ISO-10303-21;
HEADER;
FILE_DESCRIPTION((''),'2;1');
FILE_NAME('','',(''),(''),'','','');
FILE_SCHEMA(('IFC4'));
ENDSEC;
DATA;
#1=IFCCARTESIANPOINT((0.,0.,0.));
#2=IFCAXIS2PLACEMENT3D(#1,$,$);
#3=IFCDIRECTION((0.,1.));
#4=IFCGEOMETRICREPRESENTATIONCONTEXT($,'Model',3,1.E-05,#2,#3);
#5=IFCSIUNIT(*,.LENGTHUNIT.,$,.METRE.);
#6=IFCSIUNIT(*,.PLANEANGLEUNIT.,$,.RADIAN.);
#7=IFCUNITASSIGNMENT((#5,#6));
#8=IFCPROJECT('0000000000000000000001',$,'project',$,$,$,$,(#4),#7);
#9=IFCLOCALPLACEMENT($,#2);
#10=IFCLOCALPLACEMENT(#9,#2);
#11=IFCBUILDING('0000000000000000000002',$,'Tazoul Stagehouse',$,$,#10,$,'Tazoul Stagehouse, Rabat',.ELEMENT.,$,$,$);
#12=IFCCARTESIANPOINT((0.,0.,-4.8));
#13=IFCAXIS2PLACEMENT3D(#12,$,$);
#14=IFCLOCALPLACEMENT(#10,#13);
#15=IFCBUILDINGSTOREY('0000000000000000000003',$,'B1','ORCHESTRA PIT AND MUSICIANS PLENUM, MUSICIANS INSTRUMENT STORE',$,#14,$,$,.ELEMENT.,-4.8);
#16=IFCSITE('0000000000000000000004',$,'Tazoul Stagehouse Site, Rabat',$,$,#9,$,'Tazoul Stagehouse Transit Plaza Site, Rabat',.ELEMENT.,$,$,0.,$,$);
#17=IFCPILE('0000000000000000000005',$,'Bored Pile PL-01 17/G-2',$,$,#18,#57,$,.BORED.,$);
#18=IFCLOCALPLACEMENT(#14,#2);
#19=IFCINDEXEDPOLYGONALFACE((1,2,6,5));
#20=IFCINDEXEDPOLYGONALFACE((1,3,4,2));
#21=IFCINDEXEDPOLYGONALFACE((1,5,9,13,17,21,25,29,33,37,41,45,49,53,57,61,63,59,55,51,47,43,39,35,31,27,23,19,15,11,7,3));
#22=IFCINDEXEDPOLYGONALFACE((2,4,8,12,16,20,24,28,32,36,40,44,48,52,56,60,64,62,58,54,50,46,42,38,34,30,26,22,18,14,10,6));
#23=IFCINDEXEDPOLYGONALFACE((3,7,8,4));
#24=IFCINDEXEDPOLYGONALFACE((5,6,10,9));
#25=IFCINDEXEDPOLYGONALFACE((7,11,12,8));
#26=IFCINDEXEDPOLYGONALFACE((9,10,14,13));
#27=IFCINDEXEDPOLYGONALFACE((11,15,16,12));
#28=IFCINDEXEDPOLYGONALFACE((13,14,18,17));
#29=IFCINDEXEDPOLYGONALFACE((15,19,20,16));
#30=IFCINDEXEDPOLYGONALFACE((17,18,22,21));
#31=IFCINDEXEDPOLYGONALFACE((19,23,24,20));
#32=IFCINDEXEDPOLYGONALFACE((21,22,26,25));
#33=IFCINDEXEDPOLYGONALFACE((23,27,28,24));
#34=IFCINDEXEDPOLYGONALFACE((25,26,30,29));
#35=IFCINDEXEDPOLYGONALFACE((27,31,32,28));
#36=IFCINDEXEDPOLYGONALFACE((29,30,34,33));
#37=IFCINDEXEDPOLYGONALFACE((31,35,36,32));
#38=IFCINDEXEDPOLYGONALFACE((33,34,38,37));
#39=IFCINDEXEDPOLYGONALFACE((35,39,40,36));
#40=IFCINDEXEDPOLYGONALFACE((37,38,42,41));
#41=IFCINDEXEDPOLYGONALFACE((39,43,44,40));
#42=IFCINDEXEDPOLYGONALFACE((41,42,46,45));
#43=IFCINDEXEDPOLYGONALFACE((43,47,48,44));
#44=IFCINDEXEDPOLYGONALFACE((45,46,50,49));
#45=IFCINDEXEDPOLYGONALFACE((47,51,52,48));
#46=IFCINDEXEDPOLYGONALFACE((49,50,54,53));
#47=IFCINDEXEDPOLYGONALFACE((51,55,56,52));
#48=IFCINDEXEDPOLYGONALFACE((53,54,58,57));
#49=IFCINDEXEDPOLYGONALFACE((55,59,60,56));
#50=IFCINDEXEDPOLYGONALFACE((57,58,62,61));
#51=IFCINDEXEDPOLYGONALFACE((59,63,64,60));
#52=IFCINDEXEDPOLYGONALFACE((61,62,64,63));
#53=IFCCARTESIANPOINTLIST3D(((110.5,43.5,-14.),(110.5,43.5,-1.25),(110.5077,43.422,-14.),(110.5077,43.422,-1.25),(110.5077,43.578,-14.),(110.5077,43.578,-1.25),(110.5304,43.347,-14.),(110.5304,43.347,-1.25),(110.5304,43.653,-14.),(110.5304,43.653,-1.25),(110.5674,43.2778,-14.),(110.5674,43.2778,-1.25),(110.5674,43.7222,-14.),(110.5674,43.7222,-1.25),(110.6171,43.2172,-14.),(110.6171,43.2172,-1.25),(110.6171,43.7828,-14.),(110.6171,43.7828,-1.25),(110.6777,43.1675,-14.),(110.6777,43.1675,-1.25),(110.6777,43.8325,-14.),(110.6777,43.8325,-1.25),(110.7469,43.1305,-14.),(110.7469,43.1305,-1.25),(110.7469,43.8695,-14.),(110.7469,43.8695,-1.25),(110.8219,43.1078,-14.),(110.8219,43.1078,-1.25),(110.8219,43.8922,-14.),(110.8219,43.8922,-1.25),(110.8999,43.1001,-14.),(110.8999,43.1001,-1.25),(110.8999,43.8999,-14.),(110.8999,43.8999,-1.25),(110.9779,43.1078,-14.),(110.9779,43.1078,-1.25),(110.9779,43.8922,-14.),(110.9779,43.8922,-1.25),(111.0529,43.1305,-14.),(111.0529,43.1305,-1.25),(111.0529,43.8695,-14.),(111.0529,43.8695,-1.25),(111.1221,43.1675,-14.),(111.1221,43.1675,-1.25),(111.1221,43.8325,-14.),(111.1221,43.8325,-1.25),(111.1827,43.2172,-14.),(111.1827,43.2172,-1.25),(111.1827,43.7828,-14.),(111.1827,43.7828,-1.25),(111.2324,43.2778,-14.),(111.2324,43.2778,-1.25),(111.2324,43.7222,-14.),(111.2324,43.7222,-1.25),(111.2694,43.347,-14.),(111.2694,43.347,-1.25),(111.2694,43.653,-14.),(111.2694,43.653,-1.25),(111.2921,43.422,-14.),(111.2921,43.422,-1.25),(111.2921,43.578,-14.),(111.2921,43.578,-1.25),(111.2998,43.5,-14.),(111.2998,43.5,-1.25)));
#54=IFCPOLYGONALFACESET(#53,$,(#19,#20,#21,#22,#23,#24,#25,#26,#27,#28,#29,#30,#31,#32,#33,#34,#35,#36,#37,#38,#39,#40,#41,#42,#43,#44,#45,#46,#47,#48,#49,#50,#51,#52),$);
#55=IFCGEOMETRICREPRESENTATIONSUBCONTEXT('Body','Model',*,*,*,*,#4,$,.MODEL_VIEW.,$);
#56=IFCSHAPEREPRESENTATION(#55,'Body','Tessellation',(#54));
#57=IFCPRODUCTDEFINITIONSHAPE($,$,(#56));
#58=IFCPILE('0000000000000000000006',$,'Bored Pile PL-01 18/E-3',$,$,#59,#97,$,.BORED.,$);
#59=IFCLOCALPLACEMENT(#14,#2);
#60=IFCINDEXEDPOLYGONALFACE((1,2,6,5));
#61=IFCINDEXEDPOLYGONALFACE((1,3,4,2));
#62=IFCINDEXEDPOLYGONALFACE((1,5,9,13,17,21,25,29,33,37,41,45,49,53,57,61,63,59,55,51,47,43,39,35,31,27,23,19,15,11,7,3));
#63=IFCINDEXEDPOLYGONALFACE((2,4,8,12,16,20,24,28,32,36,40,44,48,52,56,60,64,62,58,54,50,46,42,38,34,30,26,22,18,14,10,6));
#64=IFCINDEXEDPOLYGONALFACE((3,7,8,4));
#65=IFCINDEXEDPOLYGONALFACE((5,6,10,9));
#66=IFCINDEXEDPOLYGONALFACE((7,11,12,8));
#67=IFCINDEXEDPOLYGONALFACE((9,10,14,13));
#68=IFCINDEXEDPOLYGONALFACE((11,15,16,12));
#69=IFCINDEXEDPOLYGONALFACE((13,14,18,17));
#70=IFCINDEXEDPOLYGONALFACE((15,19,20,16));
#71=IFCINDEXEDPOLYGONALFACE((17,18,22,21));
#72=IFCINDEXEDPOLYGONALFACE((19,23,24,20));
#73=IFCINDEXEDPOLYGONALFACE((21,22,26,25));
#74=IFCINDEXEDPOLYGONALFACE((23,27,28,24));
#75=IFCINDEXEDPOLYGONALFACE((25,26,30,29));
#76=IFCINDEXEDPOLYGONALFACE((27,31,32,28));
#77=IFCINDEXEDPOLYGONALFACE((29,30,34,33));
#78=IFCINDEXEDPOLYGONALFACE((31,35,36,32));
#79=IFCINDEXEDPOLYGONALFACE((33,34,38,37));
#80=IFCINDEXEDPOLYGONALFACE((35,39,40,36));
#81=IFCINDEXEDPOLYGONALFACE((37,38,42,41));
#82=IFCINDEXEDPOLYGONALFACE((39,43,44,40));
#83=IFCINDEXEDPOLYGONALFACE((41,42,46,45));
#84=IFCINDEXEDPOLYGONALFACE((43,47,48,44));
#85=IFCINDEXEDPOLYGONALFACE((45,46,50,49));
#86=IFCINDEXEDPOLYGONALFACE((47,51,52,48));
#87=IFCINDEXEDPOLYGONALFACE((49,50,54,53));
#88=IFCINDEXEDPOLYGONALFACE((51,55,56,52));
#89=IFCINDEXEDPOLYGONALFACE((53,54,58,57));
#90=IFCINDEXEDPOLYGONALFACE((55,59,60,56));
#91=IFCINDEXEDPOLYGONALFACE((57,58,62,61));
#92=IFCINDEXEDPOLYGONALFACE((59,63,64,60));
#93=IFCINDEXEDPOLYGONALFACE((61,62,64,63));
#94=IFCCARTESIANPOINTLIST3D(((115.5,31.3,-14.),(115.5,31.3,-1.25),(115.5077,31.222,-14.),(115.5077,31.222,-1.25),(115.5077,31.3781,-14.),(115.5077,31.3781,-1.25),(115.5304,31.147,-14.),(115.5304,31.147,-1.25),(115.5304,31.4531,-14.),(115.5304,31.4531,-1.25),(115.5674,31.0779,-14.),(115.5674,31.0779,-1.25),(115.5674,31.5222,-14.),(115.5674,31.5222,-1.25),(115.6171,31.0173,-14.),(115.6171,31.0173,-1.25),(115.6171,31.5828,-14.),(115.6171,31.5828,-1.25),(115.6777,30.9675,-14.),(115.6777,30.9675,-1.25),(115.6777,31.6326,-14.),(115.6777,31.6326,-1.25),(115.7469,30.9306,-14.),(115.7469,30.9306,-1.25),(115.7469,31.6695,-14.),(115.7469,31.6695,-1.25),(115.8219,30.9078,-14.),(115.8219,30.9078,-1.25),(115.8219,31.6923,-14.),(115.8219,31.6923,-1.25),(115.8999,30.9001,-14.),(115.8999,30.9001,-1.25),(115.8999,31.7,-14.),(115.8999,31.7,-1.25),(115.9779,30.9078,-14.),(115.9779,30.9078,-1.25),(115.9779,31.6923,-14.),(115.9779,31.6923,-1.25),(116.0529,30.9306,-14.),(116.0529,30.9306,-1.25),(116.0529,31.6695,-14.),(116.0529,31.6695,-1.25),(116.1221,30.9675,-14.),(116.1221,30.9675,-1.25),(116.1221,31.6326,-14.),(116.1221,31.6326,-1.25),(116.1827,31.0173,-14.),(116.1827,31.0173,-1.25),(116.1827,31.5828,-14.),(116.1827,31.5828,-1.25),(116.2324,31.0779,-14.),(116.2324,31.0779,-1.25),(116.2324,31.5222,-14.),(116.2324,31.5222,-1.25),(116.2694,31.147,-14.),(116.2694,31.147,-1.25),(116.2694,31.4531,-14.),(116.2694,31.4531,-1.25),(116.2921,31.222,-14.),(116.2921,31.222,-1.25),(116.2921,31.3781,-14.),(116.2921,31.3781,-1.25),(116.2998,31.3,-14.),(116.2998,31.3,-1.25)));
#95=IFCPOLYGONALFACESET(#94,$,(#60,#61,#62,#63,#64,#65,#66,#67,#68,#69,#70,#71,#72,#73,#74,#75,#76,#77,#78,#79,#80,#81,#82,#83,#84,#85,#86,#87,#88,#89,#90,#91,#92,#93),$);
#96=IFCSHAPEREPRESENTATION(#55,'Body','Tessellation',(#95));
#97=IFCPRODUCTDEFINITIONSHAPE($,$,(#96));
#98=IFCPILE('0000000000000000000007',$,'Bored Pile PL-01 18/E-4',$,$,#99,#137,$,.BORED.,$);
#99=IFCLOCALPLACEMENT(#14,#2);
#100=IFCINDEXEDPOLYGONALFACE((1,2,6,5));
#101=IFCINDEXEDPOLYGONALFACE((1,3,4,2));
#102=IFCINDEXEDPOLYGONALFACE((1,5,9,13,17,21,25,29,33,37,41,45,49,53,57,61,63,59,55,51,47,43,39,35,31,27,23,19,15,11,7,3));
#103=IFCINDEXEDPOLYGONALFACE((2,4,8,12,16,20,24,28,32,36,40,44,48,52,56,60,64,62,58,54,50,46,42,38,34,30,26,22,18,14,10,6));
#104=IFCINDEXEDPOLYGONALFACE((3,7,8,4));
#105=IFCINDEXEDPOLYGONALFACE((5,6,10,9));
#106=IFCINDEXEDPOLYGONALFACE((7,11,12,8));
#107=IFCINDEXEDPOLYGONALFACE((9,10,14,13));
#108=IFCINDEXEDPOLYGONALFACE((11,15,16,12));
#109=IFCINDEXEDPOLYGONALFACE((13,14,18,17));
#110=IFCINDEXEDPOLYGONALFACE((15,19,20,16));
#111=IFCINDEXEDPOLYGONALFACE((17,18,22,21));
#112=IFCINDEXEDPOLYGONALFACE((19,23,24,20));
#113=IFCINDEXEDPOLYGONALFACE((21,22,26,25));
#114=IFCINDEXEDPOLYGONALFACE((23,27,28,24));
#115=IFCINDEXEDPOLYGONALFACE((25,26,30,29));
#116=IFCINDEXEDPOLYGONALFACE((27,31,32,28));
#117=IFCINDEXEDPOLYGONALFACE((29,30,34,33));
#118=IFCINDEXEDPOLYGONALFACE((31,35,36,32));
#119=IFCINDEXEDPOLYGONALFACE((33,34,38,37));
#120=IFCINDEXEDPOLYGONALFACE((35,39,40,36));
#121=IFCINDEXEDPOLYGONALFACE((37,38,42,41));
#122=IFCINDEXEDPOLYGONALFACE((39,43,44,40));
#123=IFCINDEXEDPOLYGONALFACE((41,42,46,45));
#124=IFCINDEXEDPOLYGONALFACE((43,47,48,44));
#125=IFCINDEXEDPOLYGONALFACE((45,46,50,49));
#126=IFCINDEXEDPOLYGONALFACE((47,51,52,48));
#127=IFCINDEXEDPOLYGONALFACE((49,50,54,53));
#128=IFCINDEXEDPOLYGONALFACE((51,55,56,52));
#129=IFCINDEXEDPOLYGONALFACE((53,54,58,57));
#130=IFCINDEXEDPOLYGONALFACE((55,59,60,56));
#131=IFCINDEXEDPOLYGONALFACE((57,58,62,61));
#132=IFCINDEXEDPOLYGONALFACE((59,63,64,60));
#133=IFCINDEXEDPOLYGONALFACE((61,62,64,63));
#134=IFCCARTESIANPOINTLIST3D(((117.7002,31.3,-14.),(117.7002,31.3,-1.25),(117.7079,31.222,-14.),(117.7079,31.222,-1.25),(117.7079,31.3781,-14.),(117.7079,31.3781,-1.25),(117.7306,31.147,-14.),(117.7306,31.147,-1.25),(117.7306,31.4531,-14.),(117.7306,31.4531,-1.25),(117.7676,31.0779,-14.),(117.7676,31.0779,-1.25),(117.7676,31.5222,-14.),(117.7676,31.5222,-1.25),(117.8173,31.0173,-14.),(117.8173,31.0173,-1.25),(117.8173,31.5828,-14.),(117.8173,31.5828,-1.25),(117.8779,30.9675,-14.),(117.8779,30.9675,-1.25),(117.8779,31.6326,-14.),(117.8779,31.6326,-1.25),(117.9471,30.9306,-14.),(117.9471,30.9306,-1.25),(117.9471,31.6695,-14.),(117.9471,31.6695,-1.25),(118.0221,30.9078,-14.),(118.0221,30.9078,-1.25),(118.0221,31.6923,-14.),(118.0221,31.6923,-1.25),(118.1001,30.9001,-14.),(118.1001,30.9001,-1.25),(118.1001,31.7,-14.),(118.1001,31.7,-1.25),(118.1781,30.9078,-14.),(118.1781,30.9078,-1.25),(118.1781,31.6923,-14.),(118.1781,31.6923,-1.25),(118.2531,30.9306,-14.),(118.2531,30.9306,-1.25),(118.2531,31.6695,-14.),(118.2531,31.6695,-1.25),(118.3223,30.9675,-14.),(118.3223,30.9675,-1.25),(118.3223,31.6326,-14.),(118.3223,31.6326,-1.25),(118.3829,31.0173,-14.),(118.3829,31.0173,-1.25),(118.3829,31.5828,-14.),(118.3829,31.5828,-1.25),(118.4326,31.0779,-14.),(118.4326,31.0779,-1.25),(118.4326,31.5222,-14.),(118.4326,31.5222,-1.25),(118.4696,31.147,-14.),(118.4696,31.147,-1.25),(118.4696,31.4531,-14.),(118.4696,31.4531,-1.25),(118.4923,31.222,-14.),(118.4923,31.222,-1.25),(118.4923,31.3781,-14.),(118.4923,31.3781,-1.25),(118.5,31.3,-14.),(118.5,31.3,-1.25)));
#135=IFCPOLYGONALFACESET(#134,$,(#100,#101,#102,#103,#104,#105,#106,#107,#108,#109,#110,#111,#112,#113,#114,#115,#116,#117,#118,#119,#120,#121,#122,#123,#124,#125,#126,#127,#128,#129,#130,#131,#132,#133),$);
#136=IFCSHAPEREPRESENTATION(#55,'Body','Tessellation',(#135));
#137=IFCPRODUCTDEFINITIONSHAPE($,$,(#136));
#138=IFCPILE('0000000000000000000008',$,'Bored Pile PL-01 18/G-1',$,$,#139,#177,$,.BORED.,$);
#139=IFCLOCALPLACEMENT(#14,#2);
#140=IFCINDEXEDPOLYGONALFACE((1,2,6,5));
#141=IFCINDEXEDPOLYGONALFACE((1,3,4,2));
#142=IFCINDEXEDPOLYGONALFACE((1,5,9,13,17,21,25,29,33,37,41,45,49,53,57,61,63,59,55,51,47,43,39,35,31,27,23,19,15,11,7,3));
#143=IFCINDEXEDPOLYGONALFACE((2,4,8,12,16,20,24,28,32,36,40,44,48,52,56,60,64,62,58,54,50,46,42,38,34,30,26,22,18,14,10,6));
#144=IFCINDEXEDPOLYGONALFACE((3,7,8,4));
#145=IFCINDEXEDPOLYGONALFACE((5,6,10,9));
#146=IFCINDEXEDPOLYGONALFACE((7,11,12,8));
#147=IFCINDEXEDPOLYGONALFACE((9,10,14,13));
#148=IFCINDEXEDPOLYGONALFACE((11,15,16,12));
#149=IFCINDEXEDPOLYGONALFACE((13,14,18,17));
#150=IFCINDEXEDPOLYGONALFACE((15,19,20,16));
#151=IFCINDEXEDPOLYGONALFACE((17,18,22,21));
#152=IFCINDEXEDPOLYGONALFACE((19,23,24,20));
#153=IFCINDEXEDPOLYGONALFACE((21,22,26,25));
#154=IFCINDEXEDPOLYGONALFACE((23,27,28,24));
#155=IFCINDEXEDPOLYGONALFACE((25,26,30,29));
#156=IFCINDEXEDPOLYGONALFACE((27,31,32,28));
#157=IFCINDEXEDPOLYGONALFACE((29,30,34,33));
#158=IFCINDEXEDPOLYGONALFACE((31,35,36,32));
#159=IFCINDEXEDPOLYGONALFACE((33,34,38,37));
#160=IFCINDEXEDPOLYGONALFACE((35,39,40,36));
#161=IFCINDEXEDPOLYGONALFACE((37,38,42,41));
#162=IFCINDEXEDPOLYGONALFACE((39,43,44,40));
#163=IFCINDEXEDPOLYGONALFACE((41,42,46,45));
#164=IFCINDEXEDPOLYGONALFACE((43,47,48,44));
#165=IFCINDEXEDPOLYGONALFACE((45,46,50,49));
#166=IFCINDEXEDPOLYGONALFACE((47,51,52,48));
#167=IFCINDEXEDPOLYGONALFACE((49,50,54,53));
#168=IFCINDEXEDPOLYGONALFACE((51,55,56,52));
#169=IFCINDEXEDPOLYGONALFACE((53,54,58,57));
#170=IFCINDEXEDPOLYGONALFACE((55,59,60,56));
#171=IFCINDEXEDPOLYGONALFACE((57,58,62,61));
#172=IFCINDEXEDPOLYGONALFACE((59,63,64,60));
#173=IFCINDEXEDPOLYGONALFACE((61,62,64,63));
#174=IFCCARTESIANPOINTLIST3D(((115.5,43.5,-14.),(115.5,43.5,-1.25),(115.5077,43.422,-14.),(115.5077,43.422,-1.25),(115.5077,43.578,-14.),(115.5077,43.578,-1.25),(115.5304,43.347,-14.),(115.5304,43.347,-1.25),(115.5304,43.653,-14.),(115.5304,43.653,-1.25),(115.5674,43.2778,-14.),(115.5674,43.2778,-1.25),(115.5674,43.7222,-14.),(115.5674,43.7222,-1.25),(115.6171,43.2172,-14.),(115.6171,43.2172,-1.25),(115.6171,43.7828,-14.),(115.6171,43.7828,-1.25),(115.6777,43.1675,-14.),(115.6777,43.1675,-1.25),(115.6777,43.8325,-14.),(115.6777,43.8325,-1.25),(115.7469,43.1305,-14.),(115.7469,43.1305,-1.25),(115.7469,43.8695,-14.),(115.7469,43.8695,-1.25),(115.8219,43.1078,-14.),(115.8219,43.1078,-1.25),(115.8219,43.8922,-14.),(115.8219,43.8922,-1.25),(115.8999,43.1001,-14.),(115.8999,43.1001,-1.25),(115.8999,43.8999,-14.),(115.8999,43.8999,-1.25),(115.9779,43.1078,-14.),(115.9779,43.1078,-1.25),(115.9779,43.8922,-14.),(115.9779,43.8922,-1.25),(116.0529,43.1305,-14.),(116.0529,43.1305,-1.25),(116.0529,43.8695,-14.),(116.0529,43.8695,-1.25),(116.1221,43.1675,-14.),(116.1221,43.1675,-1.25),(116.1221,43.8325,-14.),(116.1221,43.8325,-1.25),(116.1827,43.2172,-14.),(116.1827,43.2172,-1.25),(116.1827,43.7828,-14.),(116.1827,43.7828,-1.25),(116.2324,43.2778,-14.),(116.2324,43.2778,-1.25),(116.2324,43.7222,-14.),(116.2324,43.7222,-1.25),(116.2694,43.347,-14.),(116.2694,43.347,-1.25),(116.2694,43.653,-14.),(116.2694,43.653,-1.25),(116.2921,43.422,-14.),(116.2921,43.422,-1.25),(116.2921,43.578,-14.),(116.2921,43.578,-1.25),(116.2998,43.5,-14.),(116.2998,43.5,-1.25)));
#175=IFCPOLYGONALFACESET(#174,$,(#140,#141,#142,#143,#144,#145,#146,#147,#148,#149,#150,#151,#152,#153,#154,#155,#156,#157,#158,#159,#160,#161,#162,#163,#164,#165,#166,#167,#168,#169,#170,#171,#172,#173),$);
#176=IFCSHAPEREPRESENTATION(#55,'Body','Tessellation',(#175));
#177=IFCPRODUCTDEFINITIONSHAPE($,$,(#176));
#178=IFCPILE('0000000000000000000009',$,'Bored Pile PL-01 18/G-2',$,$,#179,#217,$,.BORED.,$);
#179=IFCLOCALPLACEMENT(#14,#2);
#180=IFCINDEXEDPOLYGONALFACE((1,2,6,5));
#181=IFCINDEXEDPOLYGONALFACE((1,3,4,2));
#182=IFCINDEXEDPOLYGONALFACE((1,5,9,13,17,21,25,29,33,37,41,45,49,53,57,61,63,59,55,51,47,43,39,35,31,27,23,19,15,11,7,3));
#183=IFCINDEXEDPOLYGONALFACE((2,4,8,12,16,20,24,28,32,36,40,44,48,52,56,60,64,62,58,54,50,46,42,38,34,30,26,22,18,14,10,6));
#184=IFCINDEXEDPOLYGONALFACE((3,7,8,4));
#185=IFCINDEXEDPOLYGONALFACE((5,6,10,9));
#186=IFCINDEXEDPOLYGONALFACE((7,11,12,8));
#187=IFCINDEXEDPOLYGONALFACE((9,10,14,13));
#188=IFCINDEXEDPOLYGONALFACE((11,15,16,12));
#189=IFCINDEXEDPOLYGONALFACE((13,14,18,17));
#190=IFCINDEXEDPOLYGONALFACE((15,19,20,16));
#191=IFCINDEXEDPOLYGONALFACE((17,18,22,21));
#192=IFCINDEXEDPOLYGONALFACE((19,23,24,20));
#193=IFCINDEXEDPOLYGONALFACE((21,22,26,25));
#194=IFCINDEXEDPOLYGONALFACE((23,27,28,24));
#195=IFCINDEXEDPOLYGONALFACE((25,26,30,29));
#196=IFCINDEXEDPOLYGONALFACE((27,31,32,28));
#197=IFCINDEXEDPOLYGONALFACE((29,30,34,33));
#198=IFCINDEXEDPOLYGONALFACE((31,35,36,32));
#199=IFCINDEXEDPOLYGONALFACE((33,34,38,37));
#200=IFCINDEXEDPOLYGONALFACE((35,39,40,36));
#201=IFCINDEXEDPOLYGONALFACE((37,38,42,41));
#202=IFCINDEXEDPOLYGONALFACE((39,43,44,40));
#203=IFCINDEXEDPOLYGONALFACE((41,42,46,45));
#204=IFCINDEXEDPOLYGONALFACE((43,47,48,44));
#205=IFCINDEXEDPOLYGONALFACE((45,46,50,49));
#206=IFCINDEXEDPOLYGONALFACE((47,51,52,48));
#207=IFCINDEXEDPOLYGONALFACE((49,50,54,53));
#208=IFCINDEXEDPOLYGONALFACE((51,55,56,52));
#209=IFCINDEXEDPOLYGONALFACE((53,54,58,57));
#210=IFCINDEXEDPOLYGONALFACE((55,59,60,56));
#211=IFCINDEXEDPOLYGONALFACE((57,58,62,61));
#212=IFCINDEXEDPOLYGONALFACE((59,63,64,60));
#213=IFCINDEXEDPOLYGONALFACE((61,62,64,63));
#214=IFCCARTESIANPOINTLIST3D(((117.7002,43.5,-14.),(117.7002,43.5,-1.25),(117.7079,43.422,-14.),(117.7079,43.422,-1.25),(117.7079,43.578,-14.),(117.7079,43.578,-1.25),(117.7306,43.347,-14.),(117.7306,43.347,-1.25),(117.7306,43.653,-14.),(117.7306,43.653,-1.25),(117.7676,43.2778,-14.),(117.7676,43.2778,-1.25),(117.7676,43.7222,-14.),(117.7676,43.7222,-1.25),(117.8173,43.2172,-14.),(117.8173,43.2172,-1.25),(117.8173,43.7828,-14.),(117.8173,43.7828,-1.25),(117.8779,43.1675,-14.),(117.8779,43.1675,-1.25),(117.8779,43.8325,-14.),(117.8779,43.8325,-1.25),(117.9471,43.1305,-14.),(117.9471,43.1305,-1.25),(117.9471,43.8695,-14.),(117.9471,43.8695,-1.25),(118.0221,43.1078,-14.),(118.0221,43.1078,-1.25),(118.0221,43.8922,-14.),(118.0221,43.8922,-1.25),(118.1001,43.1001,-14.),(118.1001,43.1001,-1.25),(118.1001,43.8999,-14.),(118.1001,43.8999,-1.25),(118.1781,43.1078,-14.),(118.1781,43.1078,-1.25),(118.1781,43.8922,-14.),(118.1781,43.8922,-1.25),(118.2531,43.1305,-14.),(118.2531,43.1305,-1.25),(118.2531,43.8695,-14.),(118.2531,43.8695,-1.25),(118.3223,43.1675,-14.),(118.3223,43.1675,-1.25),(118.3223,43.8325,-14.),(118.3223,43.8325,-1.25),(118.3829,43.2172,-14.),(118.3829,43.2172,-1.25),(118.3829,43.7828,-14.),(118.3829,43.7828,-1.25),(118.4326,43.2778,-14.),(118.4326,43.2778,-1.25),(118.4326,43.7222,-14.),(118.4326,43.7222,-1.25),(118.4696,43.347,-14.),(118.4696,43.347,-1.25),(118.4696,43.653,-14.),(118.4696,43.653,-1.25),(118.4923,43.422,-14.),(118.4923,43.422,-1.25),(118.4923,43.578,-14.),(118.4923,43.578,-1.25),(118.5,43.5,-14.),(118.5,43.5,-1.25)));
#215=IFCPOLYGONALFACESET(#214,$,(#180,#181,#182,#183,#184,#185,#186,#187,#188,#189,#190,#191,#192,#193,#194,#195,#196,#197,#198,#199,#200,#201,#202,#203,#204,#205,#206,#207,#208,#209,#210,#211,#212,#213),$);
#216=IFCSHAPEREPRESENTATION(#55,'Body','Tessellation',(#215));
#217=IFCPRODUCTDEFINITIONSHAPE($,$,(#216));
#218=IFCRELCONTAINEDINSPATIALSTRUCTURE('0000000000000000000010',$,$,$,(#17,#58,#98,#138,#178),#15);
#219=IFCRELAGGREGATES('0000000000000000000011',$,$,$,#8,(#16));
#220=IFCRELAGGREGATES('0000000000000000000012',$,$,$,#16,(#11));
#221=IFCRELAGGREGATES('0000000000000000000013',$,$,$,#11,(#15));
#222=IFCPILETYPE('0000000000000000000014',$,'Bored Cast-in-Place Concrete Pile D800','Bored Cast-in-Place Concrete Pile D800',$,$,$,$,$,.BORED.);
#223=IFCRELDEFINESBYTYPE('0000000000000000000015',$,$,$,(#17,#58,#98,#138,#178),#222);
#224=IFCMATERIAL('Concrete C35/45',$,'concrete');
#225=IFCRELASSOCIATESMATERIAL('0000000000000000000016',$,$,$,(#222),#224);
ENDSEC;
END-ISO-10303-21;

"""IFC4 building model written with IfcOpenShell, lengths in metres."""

from ifc_helpers import new_model, si_unit, direction, frame, origin, origin_2d, place, context, subcontext, project, spatial, circle, extrude, material, material_profile, profile_set, type_object, element, save


model = new_model("IFC4")

# Units and contexts
model_context = context("Model", 3, precision=1e-05, world=origin(), true_north=direction((0.0, 1.0)))
body_context = subcontext(model_context, "Body", "Model", "MODEL_VIEW")
ifc_project = project(units=[si_unit("LENGTHUNIT", "METRE"), si_unit("PLANEANGLEUNIT", "RADIAN")], contexts=[model_context])

# Site, building, storey
site_placement = place(None, origin())
site = spatial("IfcSite", under=ifc_project, at=site_placement, Name="Tazoul Stagehouse Site, Rabat", LongName="Tazoul Stagehouse Transit Plaza Site, Rabat", CompositionType="ELEMENT", RefElevation=0.0)
building_placement = place(site_placement, origin())
building = spatial("IfcBuilding", under=site, at=building_placement, Name="Tazoul Stagehouse", LongName="Tazoul Stagehouse, Rabat", CompositionType="ELEMENT")
storey_placement = place(building_placement, frame((0.0, 0.0, -4.8)))
storey = spatial("IfcBuildingStorey", under=building, at=storey_placement, Name="B1", Description="ORCHESTRA PIT AND MUSICIANS PLENUM, MUSICIANS INSTRUMENT STORE", CompositionType="ELEMENT", Elevation=-4.8)

# Piles
ifc_material_1 = material(Name="Concrete C35/45", Category="concrete")
ifc_material_profile_1 = material_profile(ifc_material_1, circle(Radius=0.3999, at=origin_2d()), Name="BORED PILE 800")
ifc_profile_set_1 = profile_set([ifc_material_profile_1], Name="Concrete C35/45")
pile_type = type_object("IfcPileType", Name="Bored Cast-in-Place Concrete Pile D800", Description="Bored Cast-in-Place Concrete Pile D800", PredefinedType="BORED", material=ifc_profile_set_1)
for number, where, z_axis, x_axis, name in (
    (1, (110.8999, 43.5, -1.25), (0.0, 0.0, -1.0), (1.0, 0.0, 0.0), "Bored Pile PL-01 17/G-2"),
    (2, (115.8999, 31.3, -1.25), (0.0, 0.0, -1.0), (1.0, 0.0, 0.0), "Bored Pile PL-01 18/E-3"),
    (3, (118.1001, 31.3, -1.25), (0.0, 0.0, -1.0), (1.0, 0.0, 0.0), "Bored Pile PL-01 18/E-4"),
    (4, (115.8999, 43.5, -1.25), (0.0, 0.0, -1.0), (1.0, 0.0, 0.0), "Bored Pile PL-01 18/G-1"),
    (5, (118.1001, 43.5, -1.25), (0.0, 0.0, -1.0), (1.0, 0.0, 0.0), "Bored Pile PL-01 18/G-2"),
):
    element("IfcPile", number, at=place(storey_placement, frame(where, z_axis=z_axis, x_axis=x_axis)), inside=storey, type_object=pile_type, Name=name, PredefinedType="BORED", context=body_context, shape_type="SweptSolid", body=[
        extrude(circle(Radius=0.3999, at=origin_2d()), origin(), (0.0, 0.0, 1.0), 12.75),
    ])

save(model, "model.ifc")
